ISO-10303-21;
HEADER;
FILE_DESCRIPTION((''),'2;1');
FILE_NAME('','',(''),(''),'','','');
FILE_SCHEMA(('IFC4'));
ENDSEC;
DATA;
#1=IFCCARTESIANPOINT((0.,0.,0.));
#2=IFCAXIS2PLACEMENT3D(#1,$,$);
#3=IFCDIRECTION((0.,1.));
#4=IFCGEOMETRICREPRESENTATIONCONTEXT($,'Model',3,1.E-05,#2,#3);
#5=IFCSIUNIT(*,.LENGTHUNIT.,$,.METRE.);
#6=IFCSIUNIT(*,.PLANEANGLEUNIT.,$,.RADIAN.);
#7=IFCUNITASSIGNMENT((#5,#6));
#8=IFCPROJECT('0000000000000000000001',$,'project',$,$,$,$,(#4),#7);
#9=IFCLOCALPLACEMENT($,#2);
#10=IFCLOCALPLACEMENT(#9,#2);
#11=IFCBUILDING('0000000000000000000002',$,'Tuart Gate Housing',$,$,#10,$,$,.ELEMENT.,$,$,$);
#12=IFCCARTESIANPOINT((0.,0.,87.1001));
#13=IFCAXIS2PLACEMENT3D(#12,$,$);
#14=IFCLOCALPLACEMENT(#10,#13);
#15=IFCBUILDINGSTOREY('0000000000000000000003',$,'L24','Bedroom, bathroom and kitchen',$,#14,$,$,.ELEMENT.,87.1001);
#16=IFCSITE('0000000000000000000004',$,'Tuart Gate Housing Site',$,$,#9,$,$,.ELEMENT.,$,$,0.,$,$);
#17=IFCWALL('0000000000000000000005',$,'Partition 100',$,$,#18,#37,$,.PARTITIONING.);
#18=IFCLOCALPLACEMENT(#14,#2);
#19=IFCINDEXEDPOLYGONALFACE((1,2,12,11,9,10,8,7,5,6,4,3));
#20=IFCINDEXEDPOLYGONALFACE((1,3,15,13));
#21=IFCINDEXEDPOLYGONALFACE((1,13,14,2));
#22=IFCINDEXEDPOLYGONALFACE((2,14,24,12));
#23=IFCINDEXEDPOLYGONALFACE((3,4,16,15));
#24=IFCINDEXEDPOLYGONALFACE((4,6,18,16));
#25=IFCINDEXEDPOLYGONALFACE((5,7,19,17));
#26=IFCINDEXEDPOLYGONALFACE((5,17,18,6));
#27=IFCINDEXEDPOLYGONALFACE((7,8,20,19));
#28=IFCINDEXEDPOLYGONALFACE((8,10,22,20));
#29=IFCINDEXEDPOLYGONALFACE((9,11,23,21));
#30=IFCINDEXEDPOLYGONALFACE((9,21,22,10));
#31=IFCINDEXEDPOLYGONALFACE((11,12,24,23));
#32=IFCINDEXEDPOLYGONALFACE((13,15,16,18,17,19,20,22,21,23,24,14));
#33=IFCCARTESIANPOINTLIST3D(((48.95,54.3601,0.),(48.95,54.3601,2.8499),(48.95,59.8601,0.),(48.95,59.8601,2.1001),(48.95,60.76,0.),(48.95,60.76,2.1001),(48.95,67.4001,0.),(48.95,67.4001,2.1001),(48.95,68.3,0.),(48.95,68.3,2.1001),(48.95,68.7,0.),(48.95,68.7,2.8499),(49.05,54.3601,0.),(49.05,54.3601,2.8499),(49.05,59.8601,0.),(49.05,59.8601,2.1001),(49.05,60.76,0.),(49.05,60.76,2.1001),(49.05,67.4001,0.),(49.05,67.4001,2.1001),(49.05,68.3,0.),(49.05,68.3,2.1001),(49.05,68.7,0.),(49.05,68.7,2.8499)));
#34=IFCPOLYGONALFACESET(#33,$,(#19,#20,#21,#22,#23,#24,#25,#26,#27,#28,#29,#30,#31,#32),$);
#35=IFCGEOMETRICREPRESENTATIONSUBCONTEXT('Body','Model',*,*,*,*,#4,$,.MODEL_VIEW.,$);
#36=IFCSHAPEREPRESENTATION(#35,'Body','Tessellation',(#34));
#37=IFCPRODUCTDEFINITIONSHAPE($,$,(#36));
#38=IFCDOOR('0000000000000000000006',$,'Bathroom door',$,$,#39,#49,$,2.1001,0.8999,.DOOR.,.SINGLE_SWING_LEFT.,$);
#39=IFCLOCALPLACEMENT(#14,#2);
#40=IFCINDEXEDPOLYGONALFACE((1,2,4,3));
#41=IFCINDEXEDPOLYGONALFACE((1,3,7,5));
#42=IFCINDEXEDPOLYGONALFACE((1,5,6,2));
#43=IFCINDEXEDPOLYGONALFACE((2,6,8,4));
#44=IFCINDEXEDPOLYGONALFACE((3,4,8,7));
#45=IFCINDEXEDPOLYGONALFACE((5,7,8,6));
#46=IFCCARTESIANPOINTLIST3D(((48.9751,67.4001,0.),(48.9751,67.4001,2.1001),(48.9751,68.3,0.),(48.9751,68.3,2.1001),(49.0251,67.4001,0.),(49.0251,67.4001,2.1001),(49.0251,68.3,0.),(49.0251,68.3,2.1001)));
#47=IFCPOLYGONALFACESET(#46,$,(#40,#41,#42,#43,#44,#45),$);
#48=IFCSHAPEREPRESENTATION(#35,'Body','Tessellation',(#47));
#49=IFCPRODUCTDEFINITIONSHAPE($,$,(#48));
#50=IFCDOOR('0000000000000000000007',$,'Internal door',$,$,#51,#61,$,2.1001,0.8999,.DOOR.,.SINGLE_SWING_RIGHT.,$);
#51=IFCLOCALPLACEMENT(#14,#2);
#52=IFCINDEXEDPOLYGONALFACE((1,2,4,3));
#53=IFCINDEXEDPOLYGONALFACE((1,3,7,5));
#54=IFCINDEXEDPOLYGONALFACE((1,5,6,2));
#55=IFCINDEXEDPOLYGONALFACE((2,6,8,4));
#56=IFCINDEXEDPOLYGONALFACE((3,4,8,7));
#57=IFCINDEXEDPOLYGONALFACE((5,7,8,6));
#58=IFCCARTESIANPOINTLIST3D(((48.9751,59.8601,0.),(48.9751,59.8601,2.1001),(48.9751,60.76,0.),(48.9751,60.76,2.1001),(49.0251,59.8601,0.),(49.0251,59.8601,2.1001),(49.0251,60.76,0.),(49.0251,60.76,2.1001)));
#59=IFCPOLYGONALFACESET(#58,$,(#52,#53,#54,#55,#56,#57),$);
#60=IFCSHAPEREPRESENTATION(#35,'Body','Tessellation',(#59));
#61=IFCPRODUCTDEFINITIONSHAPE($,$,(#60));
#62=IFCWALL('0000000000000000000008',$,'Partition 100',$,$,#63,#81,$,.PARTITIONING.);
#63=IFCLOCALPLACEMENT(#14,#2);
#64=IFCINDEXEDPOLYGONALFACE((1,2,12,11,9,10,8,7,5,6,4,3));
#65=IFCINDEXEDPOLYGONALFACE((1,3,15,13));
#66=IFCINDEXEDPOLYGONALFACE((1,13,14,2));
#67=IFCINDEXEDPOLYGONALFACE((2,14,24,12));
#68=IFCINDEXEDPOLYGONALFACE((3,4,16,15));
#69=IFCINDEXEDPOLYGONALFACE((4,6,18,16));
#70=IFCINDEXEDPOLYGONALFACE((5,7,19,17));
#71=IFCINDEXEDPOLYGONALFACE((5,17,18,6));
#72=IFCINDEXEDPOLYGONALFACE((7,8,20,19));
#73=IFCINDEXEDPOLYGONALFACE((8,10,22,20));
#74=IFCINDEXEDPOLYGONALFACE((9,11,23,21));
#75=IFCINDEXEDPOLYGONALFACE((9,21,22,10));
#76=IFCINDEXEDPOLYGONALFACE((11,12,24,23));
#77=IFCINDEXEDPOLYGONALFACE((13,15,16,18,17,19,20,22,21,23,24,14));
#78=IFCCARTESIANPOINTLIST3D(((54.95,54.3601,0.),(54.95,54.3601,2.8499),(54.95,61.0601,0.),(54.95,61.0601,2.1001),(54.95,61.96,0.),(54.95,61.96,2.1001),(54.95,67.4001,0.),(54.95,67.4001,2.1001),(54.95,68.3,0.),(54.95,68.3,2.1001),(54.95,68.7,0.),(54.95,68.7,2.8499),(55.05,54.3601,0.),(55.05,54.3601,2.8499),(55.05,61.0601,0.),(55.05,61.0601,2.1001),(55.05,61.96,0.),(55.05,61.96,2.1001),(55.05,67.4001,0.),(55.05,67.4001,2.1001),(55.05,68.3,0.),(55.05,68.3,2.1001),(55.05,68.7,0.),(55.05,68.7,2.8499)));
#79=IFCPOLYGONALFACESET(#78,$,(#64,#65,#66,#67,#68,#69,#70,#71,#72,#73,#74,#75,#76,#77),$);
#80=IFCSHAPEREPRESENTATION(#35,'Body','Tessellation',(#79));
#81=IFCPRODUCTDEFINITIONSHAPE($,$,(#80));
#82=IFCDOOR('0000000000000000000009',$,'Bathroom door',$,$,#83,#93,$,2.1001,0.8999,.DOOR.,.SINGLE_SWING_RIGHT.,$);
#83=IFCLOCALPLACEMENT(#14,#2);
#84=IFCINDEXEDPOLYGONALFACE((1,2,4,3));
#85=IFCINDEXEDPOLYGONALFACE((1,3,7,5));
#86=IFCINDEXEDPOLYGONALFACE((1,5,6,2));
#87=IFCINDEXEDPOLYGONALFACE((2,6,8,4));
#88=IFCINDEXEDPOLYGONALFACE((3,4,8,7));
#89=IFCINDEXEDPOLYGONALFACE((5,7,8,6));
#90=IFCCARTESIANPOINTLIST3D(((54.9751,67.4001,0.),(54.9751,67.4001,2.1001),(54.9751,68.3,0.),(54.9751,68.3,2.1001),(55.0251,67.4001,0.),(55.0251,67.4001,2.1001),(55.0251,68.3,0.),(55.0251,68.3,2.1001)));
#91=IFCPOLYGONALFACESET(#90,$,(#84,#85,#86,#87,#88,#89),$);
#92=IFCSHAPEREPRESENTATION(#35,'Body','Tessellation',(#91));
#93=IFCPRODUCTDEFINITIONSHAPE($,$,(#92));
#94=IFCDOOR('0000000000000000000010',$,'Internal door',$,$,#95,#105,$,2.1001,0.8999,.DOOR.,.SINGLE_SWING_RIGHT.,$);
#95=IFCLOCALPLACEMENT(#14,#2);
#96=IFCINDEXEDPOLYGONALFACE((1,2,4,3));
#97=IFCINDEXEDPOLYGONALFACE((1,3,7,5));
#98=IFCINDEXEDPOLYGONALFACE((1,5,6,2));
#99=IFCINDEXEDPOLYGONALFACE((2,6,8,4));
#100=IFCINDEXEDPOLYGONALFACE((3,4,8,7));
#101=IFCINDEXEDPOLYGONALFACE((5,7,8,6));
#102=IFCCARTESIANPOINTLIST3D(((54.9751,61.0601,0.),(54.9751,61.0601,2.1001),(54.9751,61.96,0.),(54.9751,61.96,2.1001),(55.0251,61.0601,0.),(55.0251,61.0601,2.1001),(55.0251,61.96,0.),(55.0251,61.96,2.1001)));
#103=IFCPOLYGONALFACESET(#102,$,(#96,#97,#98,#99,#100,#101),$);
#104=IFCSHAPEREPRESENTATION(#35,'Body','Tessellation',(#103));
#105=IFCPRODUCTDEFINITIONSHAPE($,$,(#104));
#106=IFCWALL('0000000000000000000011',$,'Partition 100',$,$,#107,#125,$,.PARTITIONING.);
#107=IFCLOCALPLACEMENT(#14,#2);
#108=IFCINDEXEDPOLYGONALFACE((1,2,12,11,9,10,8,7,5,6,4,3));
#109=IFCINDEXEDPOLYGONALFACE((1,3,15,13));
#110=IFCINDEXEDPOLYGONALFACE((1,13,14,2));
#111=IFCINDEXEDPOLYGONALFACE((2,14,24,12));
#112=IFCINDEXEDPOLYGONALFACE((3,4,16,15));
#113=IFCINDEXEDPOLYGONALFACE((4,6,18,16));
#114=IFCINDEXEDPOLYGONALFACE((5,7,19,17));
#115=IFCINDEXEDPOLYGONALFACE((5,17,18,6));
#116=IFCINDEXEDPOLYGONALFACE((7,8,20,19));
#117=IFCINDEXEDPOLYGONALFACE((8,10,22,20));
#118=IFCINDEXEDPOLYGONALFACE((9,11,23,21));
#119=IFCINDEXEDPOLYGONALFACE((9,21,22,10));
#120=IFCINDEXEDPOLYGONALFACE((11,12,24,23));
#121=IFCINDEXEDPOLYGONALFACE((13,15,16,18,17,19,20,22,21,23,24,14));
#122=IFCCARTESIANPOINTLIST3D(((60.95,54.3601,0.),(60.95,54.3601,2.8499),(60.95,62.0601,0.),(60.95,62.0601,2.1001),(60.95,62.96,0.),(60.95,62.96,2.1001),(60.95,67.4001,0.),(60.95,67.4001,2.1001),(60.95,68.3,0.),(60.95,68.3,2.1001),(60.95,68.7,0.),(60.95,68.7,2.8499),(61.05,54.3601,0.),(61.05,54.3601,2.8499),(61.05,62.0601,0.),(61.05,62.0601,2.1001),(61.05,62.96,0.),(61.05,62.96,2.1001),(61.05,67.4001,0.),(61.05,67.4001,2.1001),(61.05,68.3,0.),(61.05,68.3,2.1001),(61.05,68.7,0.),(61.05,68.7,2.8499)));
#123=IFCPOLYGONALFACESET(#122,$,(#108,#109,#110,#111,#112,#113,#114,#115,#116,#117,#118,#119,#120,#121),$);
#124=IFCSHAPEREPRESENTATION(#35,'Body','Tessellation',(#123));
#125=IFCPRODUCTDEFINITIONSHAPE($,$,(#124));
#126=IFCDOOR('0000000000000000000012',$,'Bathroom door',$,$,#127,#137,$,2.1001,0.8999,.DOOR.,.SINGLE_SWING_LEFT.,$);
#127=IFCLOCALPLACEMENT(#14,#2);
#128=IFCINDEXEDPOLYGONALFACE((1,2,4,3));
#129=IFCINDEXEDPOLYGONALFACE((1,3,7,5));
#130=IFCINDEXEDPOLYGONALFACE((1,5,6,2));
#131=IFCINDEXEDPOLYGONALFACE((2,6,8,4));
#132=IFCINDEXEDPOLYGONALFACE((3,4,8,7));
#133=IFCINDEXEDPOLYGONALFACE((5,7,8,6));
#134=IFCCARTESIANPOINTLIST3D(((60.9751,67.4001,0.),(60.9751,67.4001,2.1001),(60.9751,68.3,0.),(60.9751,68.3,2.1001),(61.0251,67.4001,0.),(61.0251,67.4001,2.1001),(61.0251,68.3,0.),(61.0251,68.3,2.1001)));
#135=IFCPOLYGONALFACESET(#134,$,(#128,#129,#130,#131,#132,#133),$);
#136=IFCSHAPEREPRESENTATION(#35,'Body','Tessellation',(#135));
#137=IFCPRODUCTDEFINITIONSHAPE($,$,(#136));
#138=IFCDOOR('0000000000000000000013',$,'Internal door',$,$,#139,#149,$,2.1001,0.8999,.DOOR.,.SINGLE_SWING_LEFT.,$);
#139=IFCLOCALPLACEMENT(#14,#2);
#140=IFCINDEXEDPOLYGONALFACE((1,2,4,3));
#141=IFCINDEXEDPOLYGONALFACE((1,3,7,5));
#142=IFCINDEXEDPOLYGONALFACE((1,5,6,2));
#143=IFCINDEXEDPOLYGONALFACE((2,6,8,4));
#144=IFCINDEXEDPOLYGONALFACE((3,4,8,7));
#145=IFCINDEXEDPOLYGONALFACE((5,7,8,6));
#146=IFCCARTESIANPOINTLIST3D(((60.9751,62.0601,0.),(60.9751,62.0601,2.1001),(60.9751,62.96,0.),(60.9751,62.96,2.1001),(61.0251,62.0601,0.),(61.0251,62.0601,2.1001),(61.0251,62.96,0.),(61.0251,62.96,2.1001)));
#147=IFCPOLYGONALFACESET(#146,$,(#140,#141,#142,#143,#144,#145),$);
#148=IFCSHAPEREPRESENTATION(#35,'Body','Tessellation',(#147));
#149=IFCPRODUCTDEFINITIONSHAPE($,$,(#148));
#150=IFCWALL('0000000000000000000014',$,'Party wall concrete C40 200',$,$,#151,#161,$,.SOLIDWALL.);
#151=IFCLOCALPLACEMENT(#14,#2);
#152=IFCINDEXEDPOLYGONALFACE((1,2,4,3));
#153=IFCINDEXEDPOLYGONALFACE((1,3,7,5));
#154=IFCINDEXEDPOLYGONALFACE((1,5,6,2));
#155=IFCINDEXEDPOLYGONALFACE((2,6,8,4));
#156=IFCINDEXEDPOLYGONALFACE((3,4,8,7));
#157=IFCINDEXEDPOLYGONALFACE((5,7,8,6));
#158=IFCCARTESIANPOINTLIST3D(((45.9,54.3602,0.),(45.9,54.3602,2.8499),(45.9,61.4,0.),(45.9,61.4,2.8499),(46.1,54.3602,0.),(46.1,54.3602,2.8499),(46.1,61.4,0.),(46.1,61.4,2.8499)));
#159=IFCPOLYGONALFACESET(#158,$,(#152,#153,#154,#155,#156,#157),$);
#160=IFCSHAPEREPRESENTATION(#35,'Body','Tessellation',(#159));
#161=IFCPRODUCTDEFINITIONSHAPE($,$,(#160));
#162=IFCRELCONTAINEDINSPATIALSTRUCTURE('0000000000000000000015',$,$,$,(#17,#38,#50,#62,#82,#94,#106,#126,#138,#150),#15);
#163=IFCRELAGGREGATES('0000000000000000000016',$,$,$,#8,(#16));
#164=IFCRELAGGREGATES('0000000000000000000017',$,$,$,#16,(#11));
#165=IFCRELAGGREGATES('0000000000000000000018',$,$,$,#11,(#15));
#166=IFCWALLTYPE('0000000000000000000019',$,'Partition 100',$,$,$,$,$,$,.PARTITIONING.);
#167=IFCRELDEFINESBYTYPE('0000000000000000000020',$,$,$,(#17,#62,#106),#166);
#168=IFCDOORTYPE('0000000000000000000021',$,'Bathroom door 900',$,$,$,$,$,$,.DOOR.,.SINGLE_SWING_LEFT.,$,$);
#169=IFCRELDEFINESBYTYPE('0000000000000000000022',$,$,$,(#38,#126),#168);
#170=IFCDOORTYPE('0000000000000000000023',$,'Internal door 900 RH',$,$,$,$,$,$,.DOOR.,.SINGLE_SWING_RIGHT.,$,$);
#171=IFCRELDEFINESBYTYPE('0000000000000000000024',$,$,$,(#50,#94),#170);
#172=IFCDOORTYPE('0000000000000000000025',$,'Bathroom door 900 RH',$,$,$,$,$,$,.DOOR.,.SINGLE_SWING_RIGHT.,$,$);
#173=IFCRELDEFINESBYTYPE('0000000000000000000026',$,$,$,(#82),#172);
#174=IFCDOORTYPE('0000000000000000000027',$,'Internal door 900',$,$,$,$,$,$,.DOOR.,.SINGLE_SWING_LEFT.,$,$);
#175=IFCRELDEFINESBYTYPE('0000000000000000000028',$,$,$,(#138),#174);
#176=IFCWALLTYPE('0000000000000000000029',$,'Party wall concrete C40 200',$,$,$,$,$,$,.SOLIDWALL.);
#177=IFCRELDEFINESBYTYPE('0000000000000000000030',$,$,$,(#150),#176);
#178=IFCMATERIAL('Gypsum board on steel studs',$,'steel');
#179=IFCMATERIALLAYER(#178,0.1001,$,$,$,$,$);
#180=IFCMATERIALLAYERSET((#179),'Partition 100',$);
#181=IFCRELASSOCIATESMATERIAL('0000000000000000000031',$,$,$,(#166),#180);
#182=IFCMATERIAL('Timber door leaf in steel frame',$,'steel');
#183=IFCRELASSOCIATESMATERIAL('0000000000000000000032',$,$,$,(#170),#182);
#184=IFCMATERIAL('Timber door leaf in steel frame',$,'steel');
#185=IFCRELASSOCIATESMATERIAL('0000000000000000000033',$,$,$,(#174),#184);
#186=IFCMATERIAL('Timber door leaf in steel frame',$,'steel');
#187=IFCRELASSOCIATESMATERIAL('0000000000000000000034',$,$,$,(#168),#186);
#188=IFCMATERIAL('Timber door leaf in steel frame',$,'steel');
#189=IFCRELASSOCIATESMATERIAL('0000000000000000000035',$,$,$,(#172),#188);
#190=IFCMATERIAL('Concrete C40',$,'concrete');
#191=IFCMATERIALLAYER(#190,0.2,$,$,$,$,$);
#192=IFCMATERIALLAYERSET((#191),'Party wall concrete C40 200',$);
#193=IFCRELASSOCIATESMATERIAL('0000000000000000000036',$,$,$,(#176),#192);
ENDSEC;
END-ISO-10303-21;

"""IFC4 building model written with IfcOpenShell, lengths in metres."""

from ifc_helpers import new_model, si_unit, direction, frame, frame_2d, origin, place, context, subcontext, project, spatial, rectangle, extrude, material, layer, layer_set, type_object, element, fill, save


model = new_model("IFC4")

# Units and contexts
model_context = context("Model", 3, precision=1e-05, world=origin(), true_north=direction((0.0, 1.0)))
body_context = subcontext(model_context, "Body", "Model", "MODEL_VIEW")
ifc_project = project(units=[si_unit("LENGTHUNIT", "METRE"), si_unit("PLANEANGLEUNIT", "RADIAN")], contexts=[model_context])

# Site, building, storey
site_placement = place(None, origin())
site = spatial("IfcSite", under=ifc_project, at=site_placement, Name="Tuart Gate Housing Site", CompositionType="ELEMENT", RefElevation=0.0)
building_placement = place(site_placement, origin())
building = spatial("IfcBuilding", under=site, at=building_placement, Name="Tuart Gate Housing", CompositionType="ELEMENT")
storey_placement = place(building_placement, frame((0.0, 0.0, 87.1001)))
storey = spatial("IfcBuildingStorey", under=building, at=storey_placement, Name="L24", Description="Bedroom, bathroom and kitchen", CompositionType="ELEMENT", Elevation=87.1001)

# Shared definitions
ifc_material_1 = material(Name="Gypsum board on steel studs", Category="steel")
ifc_layer_1 = layer(ifc_material_1, 0.1001)
ifc_layer_set_1 = layer_set([ifc_layer_1], Name="Partition 100")
wall_type_1 = type_object("IfcWallType", Name="Partition 100", PredefinedType="PARTITIONING", material=ifc_layer_set_1)
ifc_material_2 = material(Name="Timber door leaf in steel frame", Category="steel")
door_type_1 = type_object("IfcDoorType", Name="Internal door 900 RH", OperationType="SINGLE_SWING_RIGHT", PredefinedType="DOOR", material=ifc_material_2)
ifc_material_3 = material(Name="Timber door leaf in steel frame", Category="steel")
door_type_2 = type_object("IfcDoorType", Name="Internal door 900", OperationType="SINGLE_SWING_LEFT", PredefinedType="DOOR", material=ifc_material_3)

# Walls, openings, doors
wall_1_placement = place(storey_placement, frame((49.0, 54.3601, 0.0), z_axis=(0.0, 0.0, 1.0), x_axis=(0.0, 1.0, 0.0)))
wall_1 = element("IfcWall", 1, at=wall_1_placement, inside=storey, type_object=wall_type_1, Name="Partition 100", PredefinedType="PARTITIONING", context=body_context, shape_type="SweptSolid", body=[
    extrude(rectangle(XDim=14.3398, YDim=0.1001, at=frame_2d((7.1699, 0.0))), origin(), (0.0, 0.0, 1.0), 2.8499),
])
opening_1_placement = place(wall_1_placement, frame((5.5, 0.0, 0.0)))
opening_1 = element("IfcOpeningElement", 2, at=opening_1_placement, cuts=wall_1, PredefinedType="OPENING", context=body_context, shape_type="SweptSolid", body=[
    extrude(rectangle(XDim=0.8999, YDim=2.1001, at=frame_2d((0.45, 1.05))), frame((0.0, 0.0601, 0.0), z_axis=(0.0, -1.0, 0.0), x_axis=(1.0, 0.0, 0.0)), (0.0, 0.0, 1.0), 0.1201),
])
opening_2_placement = place(wall_1_placement, frame((13.04, 0.0, 0.0)))
opening_2 = element("IfcOpeningElement", 3, at=opening_2_placement, cuts=wall_1, PredefinedType="OPENING", context=body_context, shape_type="SweptSolid", body=[
    extrude(rectangle(XDim=0.8999, YDim=2.1001, at=frame_2d((0.45, 1.05))), frame((0.0, 0.0601, 0.0), z_axis=(0.0, -1.0, 0.0), x_axis=(1.0, 0.0, 0.0)), (0.0, 0.0, 1.0), 0.1201),
])
ifc_material_4 = material(Name="Timber door leaf in steel frame", Category="steel")
door_type_3 = type_object("IfcDoorType", Name="Bathroom door 900", OperationType="SINGLE_SWING_LEFT", PredefinedType="DOOR", material=ifc_material_4)
door_1_placement = place(opening_2_placement, frame((0.8999, 0.0, 0.0), z_axis=(0.0, 0.0, 1.0), x_axis=(-1.0, 0.0, 0.0)))
door_1 = element("IfcDoor", 4, at=door_1_placement, inside=storey, type_object=door_type_3, Name="Bathroom door", OperationType="SINGLE_SWING_LEFT", OverallHeight=2.1001, OverallWidth=0.8999, PredefinedType="DOOR", context=body_context, shape_type="SweptSolid", body=[
    extrude(rectangle(XDim=0.8999, YDim=2.1001, at=frame_2d((0.45, 1.05))), frame((0.0, 0.0251, 0.0), z_axis=(0.0, -1.0, 0.0), x_axis=(1.0, 0.0, 0.0)), (0.0, 0.0, 1.0), 0.05),
])
fill(opening_2, door_1)
door_2_placement = place(opening_1_placement, frame((0.8999, 0.0, 0.0), z_axis=(0.0, 0.0, 1.0), x_axis=(-1.0, 0.0, 0.0)))
door_2 = element("IfcDoor", 5, at=door_2_placement, inside=storey, type_object=door_type_1, Name="Internal door", OperationType="SINGLE_SWING_RIGHT", OverallHeight=2.1001, OverallWidth=0.8999, PredefinedType="DOOR", context=body_context, shape_type="SweptSolid", body=[
    extrude(rectangle(XDim=0.8999, YDim=2.1001, at=frame_2d((0.45, 1.05))), frame((0.0, 0.0251, 0.0), z_axis=(0.0, -1.0, 0.0), x_axis=(1.0, 0.0, 0.0)), (0.0, 0.0, 1.0), 0.05),
])
fill(opening_1, door_2)
wall_2_placement = place(storey_placement, frame((55.0, 54.3601, 0.0), z_axis=(0.0, 0.0, 1.0), x_axis=(0.0, 1.0, 0.0)))
wall_2 = element("IfcWall", 6, at=wall_2_placement, inside=storey, type_object=wall_type_1, Name="Partition 100", PredefinedType="PARTITIONING", context=body_context, shape_type="SweptSolid", body=[
    extrude(rectangle(XDim=14.3398, YDim=0.1001, at=frame_2d((7.1699, 0.0))), origin(), (0.0, 0.0, 1.0), 2.8499),
])
opening_3_placement = place(wall_2_placement, frame((6.7, 0.0, 0.0)))
opening_3 = element("IfcOpeningElement", 7, at=opening_3_placement, cuts=wall_2, PredefinedType="OPENING", context=body_context, shape_type="SweptSolid", body=[
    extrude(rectangle(XDim=0.8999, YDim=2.1001, at=frame_2d((0.45, 1.05))), frame((0.0, 0.0601, 0.0), z_axis=(0.0, -1.0, 0.0), x_axis=(1.0, 0.0, 0.0)), (0.0, 0.0, 1.0), 0.1201),
])
opening_4_placement = place(wall_2_placement, frame((13.04, 0.0, 0.0)))
opening_4 = element("IfcOpeningElement", 8, at=opening_4_placement, cuts=wall_2, PredefinedType="OPENING", context=body_context, shape_type="SweptSolid", body=[
    extrude(rectangle(XDim=0.8999, YDim=2.1001, at=frame_2d((0.45, 1.05))), frame((0.0, 0.0601, 0.0), z_axis=(0.0, -1.0, 0.0), x_axis=(1.0, 0.0, 0.0)), (0.0, 0.0, 1.0), 0.1201),
])
ifc_material_5 = material(Name="Timber door leaf in steel frame", Category="steel")
door_type_4 = type_object("IfcDoorType", Name="Bathroom door 900 RH", OperationType="SINGLE_SWING_RIGHT", PredefinedType="DOOR", material=ifc_material_5)
door_3_placement = place(opening_4_placement, origin())
door_3 = element("IfcDoor", 9, at=door_3_placement, inside=storey, type_object=door_type_4, Name="Bathroom door", OperationType="SINGLE_SWING_RIGHT", OverallHeight=2.1001, OverallWidth=0.8999, PredefinedType="DOOR", context=body_context, shape_type="SweptSolid", body=[
    extrude(rectangle(XDim=0.8999, YDim=2.1001, at=frame_2d((0.45, 1.05))), frame((0.0, 0.0249, 0.0), z_axis=(0.0, -1.0, 0.0), x_axis=(1.0, 0.0, 0.0)), (0.0, 0.0, 1.0), 0.05),
])
fill(opening_4, door_3)
door_4_placement = place(opening_3_placement, origin())
door_4 = element("IfcDoor", 10, at=door_4_placement, inside=storey, type_object=door_type_1, Name="Internal door", OperationType="SINGLE_SWING_RIGHT", OverallHeight=2.1001, OverallWidth=0.8999, PredefinedType="DOOR", context=body_context, shape_type="SweptSolid", body=[
    extrude(rectangle(XDim=0.8999, YDim=2.1001, at=frame_2d((0.45, 1.05))), frame((0.0, 0.0249, 0.0), z_axis=(0.0, -1.0, 0.0), x_axis=(1.0, 0.0, 0.0)), (0.0, 0.0, 1.0), 0.05),
])
fill(opening_3, door_4)
wall_3_placement = place(storey_placement, frame((61.0, 54.3601, 0.0), z_axis=(0.0, 0.0, 1.0), x_axis=(0.0, 1.0, 0.0)))
wall_3 = element("IfcWall", 11, at=wall_3_placement, inside=storey, type_object=wall_type_1, Name="Partition 100", PredefinedType="PARTITIONING", context=body_context, shape_type="SweptSolid", body=[
    extrude(rectangle(XDim=14.3398, YDim=0.1001, at=frame_2d((7.1699, 0.0))), origin(), (0.0, 0.0, 1.0), 2.8499),
])
opening_5_placement = place(wall_3_placement, frame((7.7, 0.0, 0.0)))
opening_5 = element("IfcOpeningElement", 12, at=opening_5_placement, cuts=wall_3, PredefinedType="OPENING", context=body_context, shape_type="SweptSolid", body=[
    extrude(rectangle(XDim=0.8999, YDim=2.1001, at=frame_2d((0.45, 1.05))), frame((0.0, 0.0601, 0.0), z_axis=(0.0, -1.0, 0.0), x_axis=(1.0, 0.0, 0.0)), (0.0, 0.0, 1.0), 0.1201),
])
opening_6_placement = place(wall_3_placement, frame((13.04, 0.0, 0.0)))
opening_6 = element("IfcOpeningElement", 13, at=opening_6_placement, cuts=wall_3, PredefinedType="OPENING", context=body_context, shape_type="SweptSolid", body=[
    extrude(rectangle(XDim=0.8999, YDim=2.1001, at=frame_2d((0.45, 1.05))), frame((0.0, 0.0601, 0.0), z_axis=(0.0, -1.0, 0.0), x_axis=(1.0, 0.0, 0.0)), (0.0, 0.0, 1.0), 0.1201),
])
door_5_placement = place(opening_6_placement, frame((0.8999, 0.0, 0.0), z_axis=(0.0, 0.0, 1.0), x_axis=(-1.0, 0.0, 0.0)))
door_5 = element("IfcDoor", 14, at=door_5_placement, inside=storey, type_object=door_type_3, Name="Bathroom door", OperationType="SINGLE_SWING_LEFT", OverallHeight=2.1001, OverallWidth=0.8999, PredefinedType="DOOR", context=body_context, shape_type="SweptSolid", body=[
    extrude(rectangle(XDim=0.8999, YDim=2.1001, at=frame_2d((0.45, 1.05))), frame((0.0, 0.0251, 0.0), z_axis=(0.0, -1.0, 0.0), x_axis=(1.0, 0.0, 0.0)), (0.0, 0.0, 1.0), 0.05),
])
fill(opening_6, door_5)
door_6_placement = place(opening_5_placement, frame((0.8999, 0.0, 0.0), z_axis=(0.0, 0.0, 1.0), x_axis=(-1.0, 0.0, 0.0)))
door_6 = element("IfcDoor", 15, at=door_6_placement, inside=storey, type_object=door_type_2, Name="Internal door", OperationType="SINGLE_SWING_LEFT", OverallHeight=2.1001, OverallWidth=0.8999, PredefinedType="DOOR", context=body_context, shape_type="SweptSolid", body=[
    extrude(rectangle(XDim=0.8999, YDim=2.1001, at=frame_2d((0.45, 1.05))), frame((0.0, 0.0251, 0.0), z_axis=(0.0, -1.0, 0.0), x_axis=(1.0, 0.0, 0.0)), (0.0, 0.0, 1.0), 0.05),
])
fill(opening_5, door_6)

# Wall
ifc_material_6 = material(Name="Concrete C40", Category="concrete")
ifc_layer_2 = layer(ifc_material_6, 0.2)
ifc_layer_set_2 = layer_set([ifc_layer_2], Name="Party wall concrete C40 200")
wall_type_2 = type_object("IfcWallType", Name="Party wall concrete C40 200", PredefinedType="SOLIDWALL", material=ifc_layer_set_2)
wall_4_placement = place(storey_placement, frame((46.0, 54.3601, 0.0), z_axis=(0.0, 0.0, 1.0), x_axis=(0.0, 1.0, 0.0)))
element("IfcWall", 16, at=wall_4_placement, inside=storey, type_object=wall_type_2, Name="Party wall concrete C40 200", PredefinedType="SOLIDWALL", context=body_context, shape_type="SweptSolid", body=[
    extrude(rectangle(XDim=7.0398, YDim=0.2, at=frame_2d((3.52, 0.0))), origin(), (0.0, 0.0, 1.0), 2.8499),
])

save(model, "model.ifc")
